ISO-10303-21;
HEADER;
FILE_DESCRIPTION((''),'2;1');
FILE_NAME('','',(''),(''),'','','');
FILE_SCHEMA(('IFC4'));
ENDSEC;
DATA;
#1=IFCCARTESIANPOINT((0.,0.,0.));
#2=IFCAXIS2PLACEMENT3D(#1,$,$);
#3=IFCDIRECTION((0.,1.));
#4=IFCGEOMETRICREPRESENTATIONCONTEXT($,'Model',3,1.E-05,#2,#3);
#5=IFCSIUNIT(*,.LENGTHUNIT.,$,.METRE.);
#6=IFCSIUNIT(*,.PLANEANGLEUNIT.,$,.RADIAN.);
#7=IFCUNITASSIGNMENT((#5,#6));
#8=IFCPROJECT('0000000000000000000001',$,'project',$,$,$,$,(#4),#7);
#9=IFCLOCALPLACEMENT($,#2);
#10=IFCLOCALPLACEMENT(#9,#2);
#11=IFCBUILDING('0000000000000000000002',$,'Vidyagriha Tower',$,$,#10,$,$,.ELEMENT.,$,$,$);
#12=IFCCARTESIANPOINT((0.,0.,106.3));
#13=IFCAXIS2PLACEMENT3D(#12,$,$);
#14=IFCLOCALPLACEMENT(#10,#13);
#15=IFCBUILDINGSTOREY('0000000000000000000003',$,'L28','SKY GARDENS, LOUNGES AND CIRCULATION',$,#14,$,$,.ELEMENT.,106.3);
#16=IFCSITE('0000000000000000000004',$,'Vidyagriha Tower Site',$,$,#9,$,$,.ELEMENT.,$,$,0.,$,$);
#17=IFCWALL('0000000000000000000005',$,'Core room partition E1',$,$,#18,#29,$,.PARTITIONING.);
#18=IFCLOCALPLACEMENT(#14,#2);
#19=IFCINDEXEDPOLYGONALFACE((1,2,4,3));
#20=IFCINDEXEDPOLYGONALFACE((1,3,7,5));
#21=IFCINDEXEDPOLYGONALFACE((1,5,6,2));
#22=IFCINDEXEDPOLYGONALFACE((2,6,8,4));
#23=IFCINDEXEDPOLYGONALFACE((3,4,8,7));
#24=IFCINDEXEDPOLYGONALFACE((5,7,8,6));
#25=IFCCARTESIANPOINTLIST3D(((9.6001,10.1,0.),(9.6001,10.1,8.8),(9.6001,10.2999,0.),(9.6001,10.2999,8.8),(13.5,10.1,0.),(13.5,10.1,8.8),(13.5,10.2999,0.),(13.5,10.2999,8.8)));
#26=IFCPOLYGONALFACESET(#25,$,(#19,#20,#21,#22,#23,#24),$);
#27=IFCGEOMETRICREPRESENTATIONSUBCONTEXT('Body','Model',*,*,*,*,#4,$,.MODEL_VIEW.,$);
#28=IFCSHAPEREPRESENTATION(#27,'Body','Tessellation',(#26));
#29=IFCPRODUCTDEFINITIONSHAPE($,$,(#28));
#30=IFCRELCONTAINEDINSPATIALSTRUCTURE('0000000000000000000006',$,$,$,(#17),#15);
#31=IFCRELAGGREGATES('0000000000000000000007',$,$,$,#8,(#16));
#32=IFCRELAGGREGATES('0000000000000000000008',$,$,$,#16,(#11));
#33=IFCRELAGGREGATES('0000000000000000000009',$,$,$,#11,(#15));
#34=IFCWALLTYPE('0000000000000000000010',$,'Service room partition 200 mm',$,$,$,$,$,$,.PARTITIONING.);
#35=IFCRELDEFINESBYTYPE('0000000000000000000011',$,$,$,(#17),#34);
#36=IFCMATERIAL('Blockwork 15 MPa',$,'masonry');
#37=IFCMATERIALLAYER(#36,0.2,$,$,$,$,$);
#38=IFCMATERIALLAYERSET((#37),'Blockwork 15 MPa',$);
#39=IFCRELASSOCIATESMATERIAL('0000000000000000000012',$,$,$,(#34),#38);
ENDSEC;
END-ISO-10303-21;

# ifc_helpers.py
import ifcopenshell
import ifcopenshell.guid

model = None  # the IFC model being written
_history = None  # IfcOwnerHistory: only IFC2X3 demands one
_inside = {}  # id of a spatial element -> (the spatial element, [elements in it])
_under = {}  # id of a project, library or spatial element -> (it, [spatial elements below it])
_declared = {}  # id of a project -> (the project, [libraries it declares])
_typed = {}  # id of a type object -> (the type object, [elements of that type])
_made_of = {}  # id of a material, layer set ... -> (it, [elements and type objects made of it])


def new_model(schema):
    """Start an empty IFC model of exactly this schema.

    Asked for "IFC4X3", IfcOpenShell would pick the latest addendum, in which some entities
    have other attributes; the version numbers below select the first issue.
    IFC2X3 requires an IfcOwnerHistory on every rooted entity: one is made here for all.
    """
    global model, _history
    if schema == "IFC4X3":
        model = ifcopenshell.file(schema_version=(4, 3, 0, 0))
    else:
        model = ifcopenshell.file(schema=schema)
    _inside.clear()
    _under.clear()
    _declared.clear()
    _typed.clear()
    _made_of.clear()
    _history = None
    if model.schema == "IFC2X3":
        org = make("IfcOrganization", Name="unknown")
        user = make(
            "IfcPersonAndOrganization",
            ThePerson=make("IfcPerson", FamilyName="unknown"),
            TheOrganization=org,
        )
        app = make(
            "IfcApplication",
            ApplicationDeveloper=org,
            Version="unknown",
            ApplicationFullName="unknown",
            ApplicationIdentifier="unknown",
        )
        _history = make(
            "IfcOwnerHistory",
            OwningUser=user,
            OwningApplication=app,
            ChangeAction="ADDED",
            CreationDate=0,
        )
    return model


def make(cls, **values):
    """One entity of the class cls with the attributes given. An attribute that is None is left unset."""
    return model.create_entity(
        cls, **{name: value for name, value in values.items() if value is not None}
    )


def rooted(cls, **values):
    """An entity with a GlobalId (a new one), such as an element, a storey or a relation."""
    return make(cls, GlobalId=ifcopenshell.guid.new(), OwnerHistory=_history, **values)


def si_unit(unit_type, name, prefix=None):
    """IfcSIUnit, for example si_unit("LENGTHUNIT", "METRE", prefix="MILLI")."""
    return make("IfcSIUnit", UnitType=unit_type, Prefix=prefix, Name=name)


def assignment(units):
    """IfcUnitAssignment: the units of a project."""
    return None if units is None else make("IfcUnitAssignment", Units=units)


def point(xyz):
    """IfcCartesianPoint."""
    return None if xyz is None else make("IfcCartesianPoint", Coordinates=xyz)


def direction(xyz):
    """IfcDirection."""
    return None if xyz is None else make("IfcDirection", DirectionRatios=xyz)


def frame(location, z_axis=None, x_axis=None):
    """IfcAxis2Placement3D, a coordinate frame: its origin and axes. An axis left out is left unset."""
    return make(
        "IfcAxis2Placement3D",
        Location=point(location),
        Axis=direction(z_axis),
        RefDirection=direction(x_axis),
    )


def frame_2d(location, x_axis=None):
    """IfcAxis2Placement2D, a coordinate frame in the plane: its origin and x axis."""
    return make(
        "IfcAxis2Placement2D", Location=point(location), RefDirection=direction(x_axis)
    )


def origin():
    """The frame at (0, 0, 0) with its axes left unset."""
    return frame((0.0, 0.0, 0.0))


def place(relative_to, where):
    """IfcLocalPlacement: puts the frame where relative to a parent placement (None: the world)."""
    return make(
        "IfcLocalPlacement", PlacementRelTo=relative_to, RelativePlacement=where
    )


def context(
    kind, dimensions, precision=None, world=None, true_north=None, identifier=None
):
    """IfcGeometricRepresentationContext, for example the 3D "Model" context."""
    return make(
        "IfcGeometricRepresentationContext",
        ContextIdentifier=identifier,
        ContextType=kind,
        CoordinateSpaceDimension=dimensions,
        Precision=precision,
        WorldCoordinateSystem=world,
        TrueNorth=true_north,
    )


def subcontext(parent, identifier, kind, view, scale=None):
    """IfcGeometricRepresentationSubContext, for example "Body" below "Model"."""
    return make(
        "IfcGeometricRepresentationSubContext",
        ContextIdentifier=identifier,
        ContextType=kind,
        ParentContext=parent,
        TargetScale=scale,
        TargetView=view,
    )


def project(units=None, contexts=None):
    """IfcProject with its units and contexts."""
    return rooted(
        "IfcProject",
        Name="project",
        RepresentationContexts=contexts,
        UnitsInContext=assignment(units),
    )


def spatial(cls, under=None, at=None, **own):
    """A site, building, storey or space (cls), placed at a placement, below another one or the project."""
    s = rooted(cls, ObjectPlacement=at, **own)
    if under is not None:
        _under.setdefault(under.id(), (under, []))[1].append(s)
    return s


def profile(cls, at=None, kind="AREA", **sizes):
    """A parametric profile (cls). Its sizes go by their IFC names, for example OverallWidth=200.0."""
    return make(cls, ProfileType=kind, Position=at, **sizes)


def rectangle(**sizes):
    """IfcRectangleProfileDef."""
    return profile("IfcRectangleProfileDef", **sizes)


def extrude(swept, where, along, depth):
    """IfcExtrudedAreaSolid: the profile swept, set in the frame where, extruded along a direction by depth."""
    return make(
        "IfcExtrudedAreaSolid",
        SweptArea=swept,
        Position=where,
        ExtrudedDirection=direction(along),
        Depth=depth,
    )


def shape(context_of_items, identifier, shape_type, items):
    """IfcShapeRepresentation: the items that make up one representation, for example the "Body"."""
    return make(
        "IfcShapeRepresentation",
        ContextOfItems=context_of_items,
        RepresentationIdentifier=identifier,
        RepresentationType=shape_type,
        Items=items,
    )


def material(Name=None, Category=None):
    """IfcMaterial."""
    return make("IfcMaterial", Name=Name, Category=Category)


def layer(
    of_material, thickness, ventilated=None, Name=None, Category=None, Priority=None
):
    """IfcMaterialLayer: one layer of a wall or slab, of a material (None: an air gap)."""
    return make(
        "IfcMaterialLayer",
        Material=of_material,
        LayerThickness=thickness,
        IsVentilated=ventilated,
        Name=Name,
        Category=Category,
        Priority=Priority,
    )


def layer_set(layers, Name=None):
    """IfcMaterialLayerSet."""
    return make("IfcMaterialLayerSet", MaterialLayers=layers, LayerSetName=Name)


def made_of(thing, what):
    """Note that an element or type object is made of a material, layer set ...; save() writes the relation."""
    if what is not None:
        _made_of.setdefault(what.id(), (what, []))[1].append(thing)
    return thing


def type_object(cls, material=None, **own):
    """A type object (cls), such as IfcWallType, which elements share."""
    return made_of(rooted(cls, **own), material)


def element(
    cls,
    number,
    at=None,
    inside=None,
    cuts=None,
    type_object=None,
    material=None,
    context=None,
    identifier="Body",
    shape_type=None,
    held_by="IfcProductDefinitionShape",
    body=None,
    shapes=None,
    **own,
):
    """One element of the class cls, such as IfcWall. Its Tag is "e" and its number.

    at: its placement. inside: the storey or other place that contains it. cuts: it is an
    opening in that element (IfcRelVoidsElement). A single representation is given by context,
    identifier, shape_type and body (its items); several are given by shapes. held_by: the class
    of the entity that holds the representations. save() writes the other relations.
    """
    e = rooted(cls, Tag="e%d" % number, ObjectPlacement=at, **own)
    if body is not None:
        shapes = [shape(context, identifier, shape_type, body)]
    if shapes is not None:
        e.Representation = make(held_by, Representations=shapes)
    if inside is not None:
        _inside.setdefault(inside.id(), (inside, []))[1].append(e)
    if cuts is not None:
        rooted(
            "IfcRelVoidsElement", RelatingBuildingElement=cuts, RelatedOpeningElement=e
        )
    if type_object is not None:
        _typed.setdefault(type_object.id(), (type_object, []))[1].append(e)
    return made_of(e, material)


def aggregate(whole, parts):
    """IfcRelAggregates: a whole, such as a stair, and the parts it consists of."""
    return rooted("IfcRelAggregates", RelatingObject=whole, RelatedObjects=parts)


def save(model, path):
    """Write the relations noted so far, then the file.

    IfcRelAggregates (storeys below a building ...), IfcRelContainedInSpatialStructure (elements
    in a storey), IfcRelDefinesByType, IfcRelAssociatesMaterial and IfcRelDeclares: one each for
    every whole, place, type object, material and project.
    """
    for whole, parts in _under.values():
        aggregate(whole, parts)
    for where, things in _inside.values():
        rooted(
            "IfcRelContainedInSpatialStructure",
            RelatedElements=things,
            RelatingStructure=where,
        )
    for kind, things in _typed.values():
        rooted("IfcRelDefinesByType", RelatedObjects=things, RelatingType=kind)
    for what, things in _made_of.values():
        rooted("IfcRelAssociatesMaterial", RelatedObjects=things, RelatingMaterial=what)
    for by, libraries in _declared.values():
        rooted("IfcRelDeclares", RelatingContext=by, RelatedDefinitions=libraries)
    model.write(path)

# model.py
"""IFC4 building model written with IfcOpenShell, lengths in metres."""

from ifc_helpers import new_model, si_unit, direction, frame, frame_2d, origin, place, context, subcontext, project, spatial, rectangle, extrude, material, layer, layer_set, type_object, element, save


model = new_model("IFC4")

# Units and contexts
model_context = context("Model", 3, precision=1e-05, world=origin(), true_north=direction((0.0, 1.0)))
body_context = subcontext(model_context, "Body", "Model", "MODEL_VIEW")
ifc_project = project(units=[si_unit("LENGTHUNIT", "METRE"), si_unit("PLANEANGLEUNIT", "RADIAN")], contexts=[model_context])

# Site, building, storey
site_placement = place(None, origin())
site = spatial("IfcSite", under=ifc_project, at=site_placement, Name="Vidyagriha Tower Site", CompositionType="ELEMENT", RefElevation=0.0)
building_placement = place(site_placement, origin())
building = spatial("IfcBuilding", under=site, at=building_placement, Name="Vidyagriha Tower", CompositionType="ELEMENT")
storey_placement = place(building_placement, frame((0.0, 0.0, 106.3)))
storey = spatial("IfcBuildingStorey", under=building, at=storey_placement, Name="L28", Description="SKY GARDENS, LOUNGES AND CIRCULATION", CompositionType="ELEMENT", Elevation=106.3)

# Shared definitions
ifc_material_1 = material(Name="Blockwork 15 MPa", Category="masonry")
ifc_layer_1 = layer(ifc_material_1, 0.2)
ifc_layer_set_1 = layer_set([ifc_layer_1], Name="Blockwork 15 MPa")
wall_type_1 = type_object("IfcWallType", Name="Service room partition 200 mm", PredefinedType="PARTITIONING", material=ifc_layer_set_1)

# Wall
wall_1_placement = place(storey_placement, frame((9.6001, 10.2, 0.0)))
element("IfcWall", 1, at=wall_1_placement, inside=storey, type_object=wall_type_1, Name="Core room partition E1", PredefinedType="PARTITIONING", context=body_context, shape_type="SweptSolid", body=[
    extrude(rectangle(XDim=3.8999, YDim=0.2, at=frame_2d((1.95, 0.0))), origin(), (0.0, 0.0, 1.0), 8.8),
])

save(model, "model.ifc")
